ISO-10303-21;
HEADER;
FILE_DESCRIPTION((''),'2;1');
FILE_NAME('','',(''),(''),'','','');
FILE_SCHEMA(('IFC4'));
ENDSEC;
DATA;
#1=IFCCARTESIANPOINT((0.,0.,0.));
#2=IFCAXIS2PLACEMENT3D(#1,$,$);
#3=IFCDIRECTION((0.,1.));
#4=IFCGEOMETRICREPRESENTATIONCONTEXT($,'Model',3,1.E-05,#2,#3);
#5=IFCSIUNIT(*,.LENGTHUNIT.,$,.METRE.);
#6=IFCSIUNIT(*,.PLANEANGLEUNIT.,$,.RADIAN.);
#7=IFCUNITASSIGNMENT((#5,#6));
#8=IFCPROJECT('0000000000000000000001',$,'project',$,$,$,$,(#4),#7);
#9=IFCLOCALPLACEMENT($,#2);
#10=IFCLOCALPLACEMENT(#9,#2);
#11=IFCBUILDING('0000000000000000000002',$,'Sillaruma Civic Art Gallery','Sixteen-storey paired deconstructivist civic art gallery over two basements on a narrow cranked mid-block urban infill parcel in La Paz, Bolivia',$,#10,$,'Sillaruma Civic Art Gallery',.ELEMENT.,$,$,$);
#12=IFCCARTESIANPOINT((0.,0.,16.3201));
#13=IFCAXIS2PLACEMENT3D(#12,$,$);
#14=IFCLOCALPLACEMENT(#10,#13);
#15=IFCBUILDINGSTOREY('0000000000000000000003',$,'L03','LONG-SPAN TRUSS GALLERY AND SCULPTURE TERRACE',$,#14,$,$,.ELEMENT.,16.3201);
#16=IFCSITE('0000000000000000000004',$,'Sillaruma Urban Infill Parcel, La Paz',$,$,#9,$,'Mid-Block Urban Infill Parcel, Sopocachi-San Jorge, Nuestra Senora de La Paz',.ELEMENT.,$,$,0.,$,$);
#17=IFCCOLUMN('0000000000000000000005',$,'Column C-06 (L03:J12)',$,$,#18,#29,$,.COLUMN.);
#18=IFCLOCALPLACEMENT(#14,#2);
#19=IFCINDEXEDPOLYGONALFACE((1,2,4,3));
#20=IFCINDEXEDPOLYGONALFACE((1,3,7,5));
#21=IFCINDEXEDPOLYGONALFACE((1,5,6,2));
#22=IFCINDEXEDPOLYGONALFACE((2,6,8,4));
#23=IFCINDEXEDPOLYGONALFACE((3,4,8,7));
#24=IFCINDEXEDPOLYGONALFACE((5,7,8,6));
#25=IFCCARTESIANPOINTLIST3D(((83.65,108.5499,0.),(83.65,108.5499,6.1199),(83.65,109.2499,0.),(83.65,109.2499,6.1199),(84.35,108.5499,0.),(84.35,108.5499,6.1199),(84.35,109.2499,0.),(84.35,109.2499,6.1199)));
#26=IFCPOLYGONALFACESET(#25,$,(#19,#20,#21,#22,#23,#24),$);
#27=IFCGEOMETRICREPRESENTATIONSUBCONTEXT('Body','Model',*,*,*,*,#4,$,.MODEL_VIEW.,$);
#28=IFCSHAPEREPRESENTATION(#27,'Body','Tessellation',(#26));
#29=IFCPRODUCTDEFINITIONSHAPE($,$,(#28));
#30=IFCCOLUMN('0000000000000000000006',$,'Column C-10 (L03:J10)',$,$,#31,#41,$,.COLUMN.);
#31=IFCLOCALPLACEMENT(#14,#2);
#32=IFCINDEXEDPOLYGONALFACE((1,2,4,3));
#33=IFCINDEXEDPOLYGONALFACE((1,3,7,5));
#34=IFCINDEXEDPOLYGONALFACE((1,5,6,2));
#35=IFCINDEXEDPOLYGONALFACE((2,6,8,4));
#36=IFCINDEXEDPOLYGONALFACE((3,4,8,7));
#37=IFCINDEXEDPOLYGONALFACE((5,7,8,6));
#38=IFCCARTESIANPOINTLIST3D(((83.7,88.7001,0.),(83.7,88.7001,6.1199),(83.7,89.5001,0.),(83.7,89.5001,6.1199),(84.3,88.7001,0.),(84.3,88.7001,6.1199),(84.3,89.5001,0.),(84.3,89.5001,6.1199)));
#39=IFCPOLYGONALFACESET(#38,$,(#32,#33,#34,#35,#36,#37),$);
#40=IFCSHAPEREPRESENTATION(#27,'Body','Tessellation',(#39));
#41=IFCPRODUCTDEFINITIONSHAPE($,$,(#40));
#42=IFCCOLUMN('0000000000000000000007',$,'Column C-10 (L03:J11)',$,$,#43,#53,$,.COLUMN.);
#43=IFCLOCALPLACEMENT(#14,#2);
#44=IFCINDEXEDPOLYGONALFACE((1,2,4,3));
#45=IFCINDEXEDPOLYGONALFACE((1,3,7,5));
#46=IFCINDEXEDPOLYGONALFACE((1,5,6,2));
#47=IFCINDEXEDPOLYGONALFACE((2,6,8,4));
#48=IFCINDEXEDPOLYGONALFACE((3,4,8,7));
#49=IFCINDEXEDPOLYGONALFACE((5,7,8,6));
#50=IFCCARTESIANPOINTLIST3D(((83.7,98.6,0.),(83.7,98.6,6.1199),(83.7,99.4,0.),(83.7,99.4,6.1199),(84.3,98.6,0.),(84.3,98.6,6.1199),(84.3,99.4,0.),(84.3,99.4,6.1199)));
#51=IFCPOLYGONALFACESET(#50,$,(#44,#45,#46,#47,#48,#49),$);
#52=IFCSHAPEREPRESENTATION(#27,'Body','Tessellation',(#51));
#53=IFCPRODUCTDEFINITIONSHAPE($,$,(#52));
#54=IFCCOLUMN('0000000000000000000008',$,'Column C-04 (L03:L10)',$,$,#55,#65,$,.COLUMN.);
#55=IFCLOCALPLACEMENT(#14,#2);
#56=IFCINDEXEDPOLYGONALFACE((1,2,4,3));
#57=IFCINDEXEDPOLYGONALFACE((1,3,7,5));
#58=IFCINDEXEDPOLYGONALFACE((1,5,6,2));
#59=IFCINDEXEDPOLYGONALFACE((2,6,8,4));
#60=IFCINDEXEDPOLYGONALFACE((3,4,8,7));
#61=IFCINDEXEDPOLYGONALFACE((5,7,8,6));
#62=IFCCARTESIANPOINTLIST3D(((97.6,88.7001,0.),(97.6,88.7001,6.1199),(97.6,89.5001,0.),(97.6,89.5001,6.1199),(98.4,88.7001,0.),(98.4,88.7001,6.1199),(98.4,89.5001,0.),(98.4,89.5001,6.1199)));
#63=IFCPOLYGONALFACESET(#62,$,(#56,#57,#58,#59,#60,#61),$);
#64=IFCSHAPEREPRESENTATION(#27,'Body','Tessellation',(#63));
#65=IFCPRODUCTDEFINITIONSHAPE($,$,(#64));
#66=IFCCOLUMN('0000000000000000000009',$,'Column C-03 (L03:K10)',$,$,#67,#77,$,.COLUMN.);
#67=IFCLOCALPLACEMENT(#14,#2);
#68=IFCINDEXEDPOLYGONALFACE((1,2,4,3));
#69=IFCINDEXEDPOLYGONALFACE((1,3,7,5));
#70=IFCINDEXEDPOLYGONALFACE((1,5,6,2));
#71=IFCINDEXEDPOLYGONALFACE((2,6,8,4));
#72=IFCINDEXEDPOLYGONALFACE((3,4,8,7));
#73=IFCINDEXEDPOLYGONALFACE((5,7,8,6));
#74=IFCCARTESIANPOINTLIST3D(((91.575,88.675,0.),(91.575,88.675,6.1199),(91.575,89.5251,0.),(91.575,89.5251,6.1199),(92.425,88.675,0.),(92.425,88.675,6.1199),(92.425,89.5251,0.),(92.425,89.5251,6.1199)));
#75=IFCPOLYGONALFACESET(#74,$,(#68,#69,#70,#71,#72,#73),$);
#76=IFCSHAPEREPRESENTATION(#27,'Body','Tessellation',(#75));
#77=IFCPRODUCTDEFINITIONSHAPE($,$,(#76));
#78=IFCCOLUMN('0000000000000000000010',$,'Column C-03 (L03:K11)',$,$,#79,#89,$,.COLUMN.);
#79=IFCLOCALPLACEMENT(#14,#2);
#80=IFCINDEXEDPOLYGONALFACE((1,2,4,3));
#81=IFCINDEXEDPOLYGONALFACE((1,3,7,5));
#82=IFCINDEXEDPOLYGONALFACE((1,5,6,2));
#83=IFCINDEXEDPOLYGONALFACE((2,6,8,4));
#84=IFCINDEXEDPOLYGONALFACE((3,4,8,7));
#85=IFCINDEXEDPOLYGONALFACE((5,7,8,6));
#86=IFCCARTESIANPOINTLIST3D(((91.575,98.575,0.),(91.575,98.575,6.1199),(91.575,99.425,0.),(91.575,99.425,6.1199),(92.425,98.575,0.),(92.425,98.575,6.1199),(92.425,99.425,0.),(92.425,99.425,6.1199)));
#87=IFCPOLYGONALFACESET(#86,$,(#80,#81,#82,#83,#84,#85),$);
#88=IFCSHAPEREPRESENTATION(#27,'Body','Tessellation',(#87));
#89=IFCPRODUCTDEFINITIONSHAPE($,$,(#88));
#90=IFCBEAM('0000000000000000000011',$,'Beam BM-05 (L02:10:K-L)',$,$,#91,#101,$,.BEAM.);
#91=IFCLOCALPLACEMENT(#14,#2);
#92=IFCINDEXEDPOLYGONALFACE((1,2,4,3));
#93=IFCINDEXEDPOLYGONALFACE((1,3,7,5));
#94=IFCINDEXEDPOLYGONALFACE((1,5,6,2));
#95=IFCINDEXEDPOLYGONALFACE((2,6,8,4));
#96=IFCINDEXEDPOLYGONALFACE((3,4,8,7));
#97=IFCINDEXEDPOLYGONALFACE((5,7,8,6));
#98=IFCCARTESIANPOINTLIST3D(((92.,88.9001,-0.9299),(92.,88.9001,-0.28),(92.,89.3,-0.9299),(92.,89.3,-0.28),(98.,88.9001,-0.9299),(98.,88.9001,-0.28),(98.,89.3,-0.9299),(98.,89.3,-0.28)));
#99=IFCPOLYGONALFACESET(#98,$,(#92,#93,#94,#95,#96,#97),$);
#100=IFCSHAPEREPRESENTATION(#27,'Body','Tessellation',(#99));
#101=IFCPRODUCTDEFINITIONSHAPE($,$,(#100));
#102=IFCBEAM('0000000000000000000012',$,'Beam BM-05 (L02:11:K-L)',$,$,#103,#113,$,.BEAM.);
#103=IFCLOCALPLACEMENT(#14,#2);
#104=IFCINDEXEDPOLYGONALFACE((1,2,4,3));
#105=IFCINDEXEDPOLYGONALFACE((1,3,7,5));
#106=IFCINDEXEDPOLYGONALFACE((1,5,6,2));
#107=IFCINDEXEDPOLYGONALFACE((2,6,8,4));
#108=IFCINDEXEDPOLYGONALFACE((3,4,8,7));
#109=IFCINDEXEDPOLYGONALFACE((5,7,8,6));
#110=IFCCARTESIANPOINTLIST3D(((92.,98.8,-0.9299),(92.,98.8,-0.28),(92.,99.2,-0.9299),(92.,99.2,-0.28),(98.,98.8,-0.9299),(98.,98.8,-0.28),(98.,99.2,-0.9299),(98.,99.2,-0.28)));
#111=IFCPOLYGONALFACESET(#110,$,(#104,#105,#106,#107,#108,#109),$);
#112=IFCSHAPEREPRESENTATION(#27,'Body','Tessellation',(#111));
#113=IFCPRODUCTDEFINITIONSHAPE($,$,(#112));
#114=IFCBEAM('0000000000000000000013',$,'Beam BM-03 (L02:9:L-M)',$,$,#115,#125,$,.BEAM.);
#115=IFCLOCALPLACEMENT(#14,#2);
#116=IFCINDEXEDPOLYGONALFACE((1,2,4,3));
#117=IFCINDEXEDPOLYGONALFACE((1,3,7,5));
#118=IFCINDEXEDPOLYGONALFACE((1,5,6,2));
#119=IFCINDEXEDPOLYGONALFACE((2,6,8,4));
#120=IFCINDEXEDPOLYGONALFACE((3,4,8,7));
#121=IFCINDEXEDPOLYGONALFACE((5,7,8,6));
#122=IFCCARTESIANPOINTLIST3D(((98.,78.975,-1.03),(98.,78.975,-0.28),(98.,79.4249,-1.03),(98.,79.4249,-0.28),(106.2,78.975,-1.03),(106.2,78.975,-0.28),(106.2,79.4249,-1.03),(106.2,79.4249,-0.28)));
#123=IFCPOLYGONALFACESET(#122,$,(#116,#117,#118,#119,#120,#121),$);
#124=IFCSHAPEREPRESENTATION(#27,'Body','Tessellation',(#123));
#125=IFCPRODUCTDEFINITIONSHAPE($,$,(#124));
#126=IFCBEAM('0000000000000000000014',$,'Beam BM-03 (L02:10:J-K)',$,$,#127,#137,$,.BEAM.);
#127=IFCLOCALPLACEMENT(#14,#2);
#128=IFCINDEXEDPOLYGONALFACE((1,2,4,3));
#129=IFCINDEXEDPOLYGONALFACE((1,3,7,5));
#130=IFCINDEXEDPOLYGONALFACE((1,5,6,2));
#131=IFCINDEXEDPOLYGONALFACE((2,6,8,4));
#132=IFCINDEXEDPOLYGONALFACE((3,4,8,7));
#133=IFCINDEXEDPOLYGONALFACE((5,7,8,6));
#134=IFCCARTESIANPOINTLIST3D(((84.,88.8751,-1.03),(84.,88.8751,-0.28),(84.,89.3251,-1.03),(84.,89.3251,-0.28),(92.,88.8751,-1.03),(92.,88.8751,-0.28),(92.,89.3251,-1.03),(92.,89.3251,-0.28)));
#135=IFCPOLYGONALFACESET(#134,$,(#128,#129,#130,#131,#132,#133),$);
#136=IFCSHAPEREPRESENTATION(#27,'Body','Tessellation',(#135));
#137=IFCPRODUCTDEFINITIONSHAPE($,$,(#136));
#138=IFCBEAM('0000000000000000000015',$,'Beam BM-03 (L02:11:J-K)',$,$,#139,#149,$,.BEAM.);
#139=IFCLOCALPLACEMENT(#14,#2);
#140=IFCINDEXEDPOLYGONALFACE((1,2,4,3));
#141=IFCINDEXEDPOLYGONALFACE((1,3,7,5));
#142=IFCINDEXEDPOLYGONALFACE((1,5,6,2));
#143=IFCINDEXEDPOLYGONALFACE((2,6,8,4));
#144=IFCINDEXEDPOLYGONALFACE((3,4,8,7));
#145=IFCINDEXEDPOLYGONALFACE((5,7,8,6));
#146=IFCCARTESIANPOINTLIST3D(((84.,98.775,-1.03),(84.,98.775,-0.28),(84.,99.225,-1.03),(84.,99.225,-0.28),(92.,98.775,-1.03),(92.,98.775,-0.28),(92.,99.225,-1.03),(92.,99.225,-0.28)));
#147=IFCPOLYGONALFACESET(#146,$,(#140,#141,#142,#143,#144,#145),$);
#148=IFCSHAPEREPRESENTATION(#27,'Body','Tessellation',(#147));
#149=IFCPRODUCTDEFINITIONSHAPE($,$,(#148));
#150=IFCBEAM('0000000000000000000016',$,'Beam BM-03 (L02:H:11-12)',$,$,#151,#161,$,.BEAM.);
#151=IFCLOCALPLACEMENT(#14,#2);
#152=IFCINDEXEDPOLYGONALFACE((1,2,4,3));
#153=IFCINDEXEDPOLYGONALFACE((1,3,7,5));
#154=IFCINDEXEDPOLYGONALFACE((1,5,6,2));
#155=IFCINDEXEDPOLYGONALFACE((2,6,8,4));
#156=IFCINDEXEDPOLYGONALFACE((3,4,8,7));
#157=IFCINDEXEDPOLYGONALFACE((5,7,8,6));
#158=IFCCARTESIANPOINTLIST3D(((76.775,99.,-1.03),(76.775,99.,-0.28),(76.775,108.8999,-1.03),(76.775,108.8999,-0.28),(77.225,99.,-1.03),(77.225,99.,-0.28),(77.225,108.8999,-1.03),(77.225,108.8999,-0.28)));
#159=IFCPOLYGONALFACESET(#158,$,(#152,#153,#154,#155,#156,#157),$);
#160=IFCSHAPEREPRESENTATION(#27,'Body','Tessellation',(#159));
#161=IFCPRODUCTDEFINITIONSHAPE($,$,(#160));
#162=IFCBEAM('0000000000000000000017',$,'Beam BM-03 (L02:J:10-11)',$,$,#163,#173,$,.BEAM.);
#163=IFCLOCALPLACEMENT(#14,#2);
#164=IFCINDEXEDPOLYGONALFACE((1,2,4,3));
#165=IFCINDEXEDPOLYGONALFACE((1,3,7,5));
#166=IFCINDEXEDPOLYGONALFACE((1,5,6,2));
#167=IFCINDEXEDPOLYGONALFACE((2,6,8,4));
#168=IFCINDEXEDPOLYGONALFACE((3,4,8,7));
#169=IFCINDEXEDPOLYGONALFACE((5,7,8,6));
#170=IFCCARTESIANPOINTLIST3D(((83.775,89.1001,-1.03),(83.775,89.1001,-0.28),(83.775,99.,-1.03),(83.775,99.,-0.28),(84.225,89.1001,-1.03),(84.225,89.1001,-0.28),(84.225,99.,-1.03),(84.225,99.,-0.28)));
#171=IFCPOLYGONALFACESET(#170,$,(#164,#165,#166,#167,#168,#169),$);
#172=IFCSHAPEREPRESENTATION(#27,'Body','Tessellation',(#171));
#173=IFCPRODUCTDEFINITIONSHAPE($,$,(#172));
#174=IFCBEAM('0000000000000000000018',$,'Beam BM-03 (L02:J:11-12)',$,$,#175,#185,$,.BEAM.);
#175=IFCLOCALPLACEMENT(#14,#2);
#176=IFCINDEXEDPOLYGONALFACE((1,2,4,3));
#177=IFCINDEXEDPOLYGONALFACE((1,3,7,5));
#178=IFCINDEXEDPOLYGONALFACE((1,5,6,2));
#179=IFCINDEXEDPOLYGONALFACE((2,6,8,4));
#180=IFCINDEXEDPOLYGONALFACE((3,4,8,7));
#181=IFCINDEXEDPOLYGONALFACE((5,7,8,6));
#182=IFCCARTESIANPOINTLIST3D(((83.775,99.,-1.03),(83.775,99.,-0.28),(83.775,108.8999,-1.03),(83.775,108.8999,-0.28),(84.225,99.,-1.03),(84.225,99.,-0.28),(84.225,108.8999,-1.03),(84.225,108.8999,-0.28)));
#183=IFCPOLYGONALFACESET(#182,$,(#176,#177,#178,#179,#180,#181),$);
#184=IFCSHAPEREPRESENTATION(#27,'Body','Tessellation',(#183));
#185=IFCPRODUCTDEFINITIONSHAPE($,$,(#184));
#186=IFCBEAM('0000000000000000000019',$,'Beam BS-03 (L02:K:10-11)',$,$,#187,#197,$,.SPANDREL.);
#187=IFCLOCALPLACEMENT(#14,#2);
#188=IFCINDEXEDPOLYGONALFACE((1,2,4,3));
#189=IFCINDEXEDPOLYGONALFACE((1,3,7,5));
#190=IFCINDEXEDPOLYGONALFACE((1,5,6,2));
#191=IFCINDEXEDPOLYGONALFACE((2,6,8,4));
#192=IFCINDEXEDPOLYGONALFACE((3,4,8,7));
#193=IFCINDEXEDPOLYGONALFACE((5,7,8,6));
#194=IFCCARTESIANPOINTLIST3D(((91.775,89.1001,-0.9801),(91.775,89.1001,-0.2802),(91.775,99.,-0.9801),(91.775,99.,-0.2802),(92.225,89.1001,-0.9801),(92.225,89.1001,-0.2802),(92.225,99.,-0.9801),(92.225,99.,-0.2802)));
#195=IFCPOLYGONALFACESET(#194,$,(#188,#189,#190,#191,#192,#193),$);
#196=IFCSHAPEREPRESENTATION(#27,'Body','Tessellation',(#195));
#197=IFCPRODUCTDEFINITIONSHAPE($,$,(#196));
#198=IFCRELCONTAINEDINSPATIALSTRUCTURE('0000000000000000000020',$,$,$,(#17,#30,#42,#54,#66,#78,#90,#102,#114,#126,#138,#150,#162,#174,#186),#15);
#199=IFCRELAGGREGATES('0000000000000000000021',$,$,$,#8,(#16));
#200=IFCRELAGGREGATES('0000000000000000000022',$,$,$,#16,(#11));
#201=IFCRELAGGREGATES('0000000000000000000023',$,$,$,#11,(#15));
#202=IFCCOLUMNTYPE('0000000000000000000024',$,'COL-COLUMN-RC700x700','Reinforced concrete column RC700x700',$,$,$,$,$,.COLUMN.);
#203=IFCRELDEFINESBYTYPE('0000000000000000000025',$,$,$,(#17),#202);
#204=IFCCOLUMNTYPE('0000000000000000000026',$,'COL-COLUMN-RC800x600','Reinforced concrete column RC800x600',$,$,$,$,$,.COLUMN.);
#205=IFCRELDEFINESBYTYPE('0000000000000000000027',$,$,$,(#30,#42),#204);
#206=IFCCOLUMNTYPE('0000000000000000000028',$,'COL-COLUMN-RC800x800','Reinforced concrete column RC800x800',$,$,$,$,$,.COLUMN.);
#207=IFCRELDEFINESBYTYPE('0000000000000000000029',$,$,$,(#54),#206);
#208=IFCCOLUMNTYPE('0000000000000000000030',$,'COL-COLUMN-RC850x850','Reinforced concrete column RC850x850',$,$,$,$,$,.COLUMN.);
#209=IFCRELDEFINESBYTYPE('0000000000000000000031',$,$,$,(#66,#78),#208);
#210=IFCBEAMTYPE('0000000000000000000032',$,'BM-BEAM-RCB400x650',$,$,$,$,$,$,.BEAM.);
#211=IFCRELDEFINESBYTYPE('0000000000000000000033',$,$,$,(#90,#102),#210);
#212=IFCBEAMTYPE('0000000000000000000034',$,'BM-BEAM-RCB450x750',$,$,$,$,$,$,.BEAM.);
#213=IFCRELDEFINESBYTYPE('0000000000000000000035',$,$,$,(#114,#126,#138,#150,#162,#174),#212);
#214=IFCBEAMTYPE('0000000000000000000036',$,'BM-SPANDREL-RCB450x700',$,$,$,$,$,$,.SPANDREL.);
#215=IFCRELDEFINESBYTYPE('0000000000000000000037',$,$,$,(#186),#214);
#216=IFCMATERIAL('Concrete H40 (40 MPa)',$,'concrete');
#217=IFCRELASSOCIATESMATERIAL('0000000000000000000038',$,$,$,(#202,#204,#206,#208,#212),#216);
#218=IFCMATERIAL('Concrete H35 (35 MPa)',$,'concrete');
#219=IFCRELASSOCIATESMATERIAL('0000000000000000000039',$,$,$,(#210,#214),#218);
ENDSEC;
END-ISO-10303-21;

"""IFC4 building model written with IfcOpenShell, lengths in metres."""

from ifc_helpers import new_model, si_unit, direction, frame, origin, origin_2d, place, context, subcontext, project, spatial, rectangle, extrude, material, material_profile, profile_set, type_object, element, save


model = new_model("IFC4")

# Units and contexts
model_context = context("Model", 3, precision=1e-05, world=origin(), true_north=direction((0.0, 1.0)))
body_context = subcontext(model_context, "Body", "Model", "MODEL_VIEW")
ifc_project = project(units=[si_unit("LENGTHUNIT", "METRE"), si_unit("PLANEANGLEUNIT", "RADIAN")], contexts=[model_context])

# Site, building, storey
site_placement = place(None, origin())
site = spatial("IfcSite", under=ifc_project, at=site_placement, Name="Sillaruma Urban Infill Parcel, La Paz", LongName="Mid-Block Urban Infill Parcel, Sopocachi-San Jorge, Nuestra Senora de La Paz", CompositionType="ELEMENT", RefElevation=0.0)
building_placement = place(site_placement, origin())
building = spatial("IfcBuilding", under=site, at=building_placement, Name="Sillaruma Civic Art Gallery", Description="Sixteen-storey paired deconstructivist civic art gallery over two basements on a narrow cranked mid-block urban infill parcel in La Paz, Bolivia", LongName="Sillaruma Civic Art Gallery", CompositionType="ELEMENT")
storey_placement = place(building_placement, frame((0.0, 0.0, 16.3201)))
storey = spatial("IfcBuildingStorey", under=building, at=storey_placement, Name="L03", Description="LONG-SPAN TRUSS GALLERY AND SCULPTURE TERRACE", CompositionType="ELEMENT", Elevation=16.3201)

# Columns
ifc_material_1 = material(Name="Concrete H40 (40 MPa)", Category="concrete")
ifc_material_profile_1 = material_profile(ifc_material_1, rectangle(XDim=0.7, YDim=0.7, at=origin_2d()), Name="RC700x700")
ifc_profile_set_1 = profile_set([ifc_material_profile_1], Name="Concrete H40 (40 MPa)")
column_type_1 = type_object("IfcColumnType", Name="COL-COLUMN-RC700x700", Description="Reinforced concrete column RC700x700", PredefinedType="COLUMN", material=ifc_profile_set_1)
column_1_placement = place(storey_placement, frame((84.0, 108.8999, 0.0), z_axis=(0.0, 0.0, 1.0), x_axis=(1.0, 0.0, 0.0)))
element("IfcColumn", 1, at=column_1_placement, inside=storey, type_object=column_type_1, Name="Column C-06 (L03:J12)", PredefinedType="COLUMN", context=body_context, shape_type="SweptSolid", body=[
    extrude(rectangle(XDim=0.7, YDim=0.7, at=origin_2d()), origin(), (0.0, 0.0, 1.0), 6.1199),
])
ifc_material_profile_2 = material_profile(ifc_material_1, rectangle(XDim=0.6001, YDim=0.8, at=origin_2d()), Name="RC800x600")
ifc_profile_set_2 = profile_set([ifc_material_profile_2], Name="Concrete H40 (40 MPa)")
column_type_2 = type_object("IfcColumnType", Name="COL-COLUMN-RC800x600", Description="Reinforced concrete column RC800x600", PredefinedType="COLUMN", material=ifc_profile_set_2)
for number, where, z_axis, x_axis, name in (
    (2, (84.0, 89.1001, 0.0), (0.0, 0.0, 1.0), (1.0, 0.0, 0.0), "Column C-10 (L03:J10)"),
    (3, (84.0, 99.0, 0.0), (0.0, 0.0, 1.0), (1.0, 0.0, 0.0), "Column C-10 (L03:J11)"),
):
    element("IfcColumn", number, at=place(storey_placement, frame(where, z_axis=z_axis, x_axis=x_axis)), inside=storey, type_object=column_type_2, Name=name, PredefinedType="COLUMN", context=body_context, shape_type="SweptSolid", body=[
        extrude(rectangle(XDim=0.6001, YDim=0.8, at=origin_2d()), origin(), (0.0, 0.0, 1.0), 6.1199),
    ])
ifc_material_profile_3 = material_profile(ifc_material_1, rectangle(XDim=0.8, YDim=0.8, at=origin_2d()), Name="RC800x800")
ifc_profile_set_3 = profile_set([ifc_material_profile_3], Name="Concrete H40 (40 MPa)")
column_type_3 = type_object("IfcColumnType", Name="COL-COLUMN-RC800x800", Description="Reinforced concrete column RC800x800", PredefinedType="COLUMN", material=ifc_profile_set_3)
column_2_placement = place(storey_placement, frame((98.0, 89.1001, 0.0), z_axis=(0.0, 0.0, 1.0), x_axis=(1.0, 0.0, 0.0)))
element("IfcColumn", 4, at=column_2_placement, inside=storey, type_object=column_type_3, Name="Column C-04 (L03:L10)", PredefinedType="COLUMN", context=body_context, shape_type="SweptSolid", body=[
    extrude(rectangle(XDim=0.8, YDim=0.8, at=origin_2d()), origin(), (0.0, 0.0, 1.0), 6.1199),
])
ifc_material_profile_4 = material_profile(ifc_material_1, rectangle(XDim=0.8501, YDim=0.8501, at=origin_2d()), Name="RC850x850")
ifc_profile_set_4 = profile_set([ifc_material_profile_4], Name="Concrete H40 (40 MPa)")
column_type_4 = type_object("IfcColumnType", Name="COL-COLUMN-RC850x850", Description="Reinforced concrete column RC850x850", PredefinedType="COLUMN", material=ifc_profile_set_4)
for number, where, z_axis, x_axis, name in (
    (5, (92.0, 89.1001, 0.0), (0.0, 0.0, 1.0), (1.0, 0.0, 0.0), "Column C-03 (L03:K10)"),
    (6, (92.0, 99.0, 0.0), (0.0, 0.0, 1.0), (1.0, 0.0, 0.0), "Column C-03 (L03:K11)"),
):
    element("IfcColumn", number, at=place(storey_placement, frame(where, z_axis=z_axis, x_axis=x_axis)), inside=storey, type_object=column_type_4, Name=name, PredefinedType="COLUMN", context=body_context, shape_type="SweptSolid", body=[
        extrude(rectangle(XDim=0.8501, YDim=0.8501, at=origin_2d()), origin(), (0.0, 0.0, 1.0), 6.1199),
    ])

# Beams
ifc_material_2 = material(Name="Concrete H35 (35 MPa)", Category="concrete")
ifc_material_profile_5 = material_profile(ifc_material_2, rectangle(XDim=0.3999, YDim=0.6499, at=origin_2d()), Name="RCB400x650")
ifc_profile_set_5 = profile_set([ifc_material_profile_5], Name="Concrete H35 (35 MPa)")
beam_type_1 = type_object("IfcBeamType", Name="BM-BEAM-RCB400x650", PredefinedType="BEAM", material=ifc_profile_set_5)
for number, where, z_axis, x_axis, name in (
    (7, (92.0, 89.1001, -0.605), (1.0, 0.0, 0.0), (0.0, 1.0, 0.0), "Beam BM-05 (L02:10:K-L)"),
    (8, (92.0, 99.0, -0.605), (1.0, 0.0, 0.0), (0.0, 1.0, 0.0), "Beam BM-05 (L02:11:K-L)"),
):
    element("IfcBeam", number, at=place(storey_placement, frame(where, z_axis=z_axis, x_axis=x_axis)), inside=storey, type_object=beam_type_1, Name=name, PredefinedType="BEAM", context=body_context, shape_type="SweptSolid", body=[
        extrude(rectangle(XDim=0.3999, YDim=0.6499, at=origin_2d()), origin(), (0.0, 0.0, 1.0), 6.0),
    ])
ifc_material_profile_6 = material_profile(ifc_material_1, rectangle(XDim=0.45, YDim=0.75, at=origin_2d()), Name="RCB450x750")
ifc_profile_set_6 = profile_set([ifc_material_profile_6], Name="Concrete H40 (40 MPa)")
beam_type_2 = type_object("IfcBeamType", Name="BM-BEAM-RCB450x750", PredefinedType="BEAM", material=ifc_profile_set_6)
beam_1_placement = place(storey_placement, frame((98.0, 79.2, -0.655), z_axis=(1.0, 0.0, 0.0), x_axis=(0.0, 1.0, 0.0)))
element("IfcBeam", 9, at=beam_1_placement, inside=storey, type_object=beam_type_2, Name="Beam BM-03 (L02:9:L-M)", PredefinedType="BEAM", context=body_context, shape_type="SweptSolid", body=[
    extrude(rectangle(XDim=0.45, YDim=0.75, at=origin_2d()), origin(), (0.0, 0.0, 1.0), 8.2),
])
for number, where, z_axis, x_axis, name in (
    (10, (84.0, 89.1001, -0.655), (1.0, 0.0, 0.0), (0.0, 1.0, 0.0), "Beam BM-03 (L02:10:J-K)"),
    (11, (84.0, 99.0, -0.655), (1.0, 0.0, 0.0), (0.0, 1.0, 0.0), "Beam BM-03 (L02:11:J-K)"),
):
    element("IfcBeam", number, at=place(storey_placement, frame(where, z_axis=z_axis, x_axis=x_axis)), inside=storey, type_object=beam_type_2, Name=name, PredefinedType="BEAM", context=body_context, shape_type="SweptSolid", body=[
        extrude(rectangle(XDim=0.45, YDim=0.75, at=origin_2d()), origin(), (0.0, 0.0, 1.0), 8.0),
    ])
for number, where, z_axis, x_axis, name in (
    (12, (77.0, 99.0, -0.655), (0.0, 1.0, 0.0), (-1.0, 0.0, 0.0), "Beam BM-03 (L02:H:11-12)"),
    (13, (84.0, 89.1001, -0.655), (0.0, 1.0, 0.0), (-1.0, 0.0, 0.0), "Beam BM-03 (L02:J:10-11)"),
    (14, (84.0, 99.0, -0.655), (0.0, 1.0, 0.0), (-1.0, 0.0, 0.0), "Beam BM-03 (L02:J:11-12)"),
):
    element("IfcBeam", number, at=place(storey_placement, frame(where, z_axis=z_axis, x_axis=x_axis)), inside=storey, type_object=beam_type_2, Name=name, PredefinedType="BEAM", context=body_context, shape_type="SweptSolid", body=[
        extrude(rectangle(XDim=0.45, YDim=0.75, at=origin_2d()), origin(), (0.0, 0.0, 1.0), 9.8999),
    ])
ifc_material_profile_7 = material_profile(ifc_material_2, rectangle(XDim=0.45, YDim=0.7, at=origin_2d()), Name="RCB450x700")
ifc_profile_set_7 = profile_set([ifc_material_profile_7], Name="Concrete H35 (35 MPa)")
beam_type_3 = type_object("IfcBeamType", Name="BM-SPANDREL-RCB450x700", PredefinedType="SPANDREL", material=ifc_profile_set_7)
beam_2_placement = place(storey_placement, frame((92.0, 89.1001, -0.6301), z_axis=(0.0, 1.0, 0.0), x_axis=(-1.0, 0.0, 0.0)))
element("IfcBeam", 15, at=beam_2_placement, inside=storey, type_object=beam_type_3, Name="Beam BS-03 (L02:K:10-11)", PredefinedType="SPANDREL", context=body_context, shape_type="SweptSolid", body=[
    extrude(rectangle(XDim=0.45, YDim=0.7, at=origin_2d()), origin(), (0.0, 0.0, 1.0), 9.8999),
])

save(model, "model.ifc")
